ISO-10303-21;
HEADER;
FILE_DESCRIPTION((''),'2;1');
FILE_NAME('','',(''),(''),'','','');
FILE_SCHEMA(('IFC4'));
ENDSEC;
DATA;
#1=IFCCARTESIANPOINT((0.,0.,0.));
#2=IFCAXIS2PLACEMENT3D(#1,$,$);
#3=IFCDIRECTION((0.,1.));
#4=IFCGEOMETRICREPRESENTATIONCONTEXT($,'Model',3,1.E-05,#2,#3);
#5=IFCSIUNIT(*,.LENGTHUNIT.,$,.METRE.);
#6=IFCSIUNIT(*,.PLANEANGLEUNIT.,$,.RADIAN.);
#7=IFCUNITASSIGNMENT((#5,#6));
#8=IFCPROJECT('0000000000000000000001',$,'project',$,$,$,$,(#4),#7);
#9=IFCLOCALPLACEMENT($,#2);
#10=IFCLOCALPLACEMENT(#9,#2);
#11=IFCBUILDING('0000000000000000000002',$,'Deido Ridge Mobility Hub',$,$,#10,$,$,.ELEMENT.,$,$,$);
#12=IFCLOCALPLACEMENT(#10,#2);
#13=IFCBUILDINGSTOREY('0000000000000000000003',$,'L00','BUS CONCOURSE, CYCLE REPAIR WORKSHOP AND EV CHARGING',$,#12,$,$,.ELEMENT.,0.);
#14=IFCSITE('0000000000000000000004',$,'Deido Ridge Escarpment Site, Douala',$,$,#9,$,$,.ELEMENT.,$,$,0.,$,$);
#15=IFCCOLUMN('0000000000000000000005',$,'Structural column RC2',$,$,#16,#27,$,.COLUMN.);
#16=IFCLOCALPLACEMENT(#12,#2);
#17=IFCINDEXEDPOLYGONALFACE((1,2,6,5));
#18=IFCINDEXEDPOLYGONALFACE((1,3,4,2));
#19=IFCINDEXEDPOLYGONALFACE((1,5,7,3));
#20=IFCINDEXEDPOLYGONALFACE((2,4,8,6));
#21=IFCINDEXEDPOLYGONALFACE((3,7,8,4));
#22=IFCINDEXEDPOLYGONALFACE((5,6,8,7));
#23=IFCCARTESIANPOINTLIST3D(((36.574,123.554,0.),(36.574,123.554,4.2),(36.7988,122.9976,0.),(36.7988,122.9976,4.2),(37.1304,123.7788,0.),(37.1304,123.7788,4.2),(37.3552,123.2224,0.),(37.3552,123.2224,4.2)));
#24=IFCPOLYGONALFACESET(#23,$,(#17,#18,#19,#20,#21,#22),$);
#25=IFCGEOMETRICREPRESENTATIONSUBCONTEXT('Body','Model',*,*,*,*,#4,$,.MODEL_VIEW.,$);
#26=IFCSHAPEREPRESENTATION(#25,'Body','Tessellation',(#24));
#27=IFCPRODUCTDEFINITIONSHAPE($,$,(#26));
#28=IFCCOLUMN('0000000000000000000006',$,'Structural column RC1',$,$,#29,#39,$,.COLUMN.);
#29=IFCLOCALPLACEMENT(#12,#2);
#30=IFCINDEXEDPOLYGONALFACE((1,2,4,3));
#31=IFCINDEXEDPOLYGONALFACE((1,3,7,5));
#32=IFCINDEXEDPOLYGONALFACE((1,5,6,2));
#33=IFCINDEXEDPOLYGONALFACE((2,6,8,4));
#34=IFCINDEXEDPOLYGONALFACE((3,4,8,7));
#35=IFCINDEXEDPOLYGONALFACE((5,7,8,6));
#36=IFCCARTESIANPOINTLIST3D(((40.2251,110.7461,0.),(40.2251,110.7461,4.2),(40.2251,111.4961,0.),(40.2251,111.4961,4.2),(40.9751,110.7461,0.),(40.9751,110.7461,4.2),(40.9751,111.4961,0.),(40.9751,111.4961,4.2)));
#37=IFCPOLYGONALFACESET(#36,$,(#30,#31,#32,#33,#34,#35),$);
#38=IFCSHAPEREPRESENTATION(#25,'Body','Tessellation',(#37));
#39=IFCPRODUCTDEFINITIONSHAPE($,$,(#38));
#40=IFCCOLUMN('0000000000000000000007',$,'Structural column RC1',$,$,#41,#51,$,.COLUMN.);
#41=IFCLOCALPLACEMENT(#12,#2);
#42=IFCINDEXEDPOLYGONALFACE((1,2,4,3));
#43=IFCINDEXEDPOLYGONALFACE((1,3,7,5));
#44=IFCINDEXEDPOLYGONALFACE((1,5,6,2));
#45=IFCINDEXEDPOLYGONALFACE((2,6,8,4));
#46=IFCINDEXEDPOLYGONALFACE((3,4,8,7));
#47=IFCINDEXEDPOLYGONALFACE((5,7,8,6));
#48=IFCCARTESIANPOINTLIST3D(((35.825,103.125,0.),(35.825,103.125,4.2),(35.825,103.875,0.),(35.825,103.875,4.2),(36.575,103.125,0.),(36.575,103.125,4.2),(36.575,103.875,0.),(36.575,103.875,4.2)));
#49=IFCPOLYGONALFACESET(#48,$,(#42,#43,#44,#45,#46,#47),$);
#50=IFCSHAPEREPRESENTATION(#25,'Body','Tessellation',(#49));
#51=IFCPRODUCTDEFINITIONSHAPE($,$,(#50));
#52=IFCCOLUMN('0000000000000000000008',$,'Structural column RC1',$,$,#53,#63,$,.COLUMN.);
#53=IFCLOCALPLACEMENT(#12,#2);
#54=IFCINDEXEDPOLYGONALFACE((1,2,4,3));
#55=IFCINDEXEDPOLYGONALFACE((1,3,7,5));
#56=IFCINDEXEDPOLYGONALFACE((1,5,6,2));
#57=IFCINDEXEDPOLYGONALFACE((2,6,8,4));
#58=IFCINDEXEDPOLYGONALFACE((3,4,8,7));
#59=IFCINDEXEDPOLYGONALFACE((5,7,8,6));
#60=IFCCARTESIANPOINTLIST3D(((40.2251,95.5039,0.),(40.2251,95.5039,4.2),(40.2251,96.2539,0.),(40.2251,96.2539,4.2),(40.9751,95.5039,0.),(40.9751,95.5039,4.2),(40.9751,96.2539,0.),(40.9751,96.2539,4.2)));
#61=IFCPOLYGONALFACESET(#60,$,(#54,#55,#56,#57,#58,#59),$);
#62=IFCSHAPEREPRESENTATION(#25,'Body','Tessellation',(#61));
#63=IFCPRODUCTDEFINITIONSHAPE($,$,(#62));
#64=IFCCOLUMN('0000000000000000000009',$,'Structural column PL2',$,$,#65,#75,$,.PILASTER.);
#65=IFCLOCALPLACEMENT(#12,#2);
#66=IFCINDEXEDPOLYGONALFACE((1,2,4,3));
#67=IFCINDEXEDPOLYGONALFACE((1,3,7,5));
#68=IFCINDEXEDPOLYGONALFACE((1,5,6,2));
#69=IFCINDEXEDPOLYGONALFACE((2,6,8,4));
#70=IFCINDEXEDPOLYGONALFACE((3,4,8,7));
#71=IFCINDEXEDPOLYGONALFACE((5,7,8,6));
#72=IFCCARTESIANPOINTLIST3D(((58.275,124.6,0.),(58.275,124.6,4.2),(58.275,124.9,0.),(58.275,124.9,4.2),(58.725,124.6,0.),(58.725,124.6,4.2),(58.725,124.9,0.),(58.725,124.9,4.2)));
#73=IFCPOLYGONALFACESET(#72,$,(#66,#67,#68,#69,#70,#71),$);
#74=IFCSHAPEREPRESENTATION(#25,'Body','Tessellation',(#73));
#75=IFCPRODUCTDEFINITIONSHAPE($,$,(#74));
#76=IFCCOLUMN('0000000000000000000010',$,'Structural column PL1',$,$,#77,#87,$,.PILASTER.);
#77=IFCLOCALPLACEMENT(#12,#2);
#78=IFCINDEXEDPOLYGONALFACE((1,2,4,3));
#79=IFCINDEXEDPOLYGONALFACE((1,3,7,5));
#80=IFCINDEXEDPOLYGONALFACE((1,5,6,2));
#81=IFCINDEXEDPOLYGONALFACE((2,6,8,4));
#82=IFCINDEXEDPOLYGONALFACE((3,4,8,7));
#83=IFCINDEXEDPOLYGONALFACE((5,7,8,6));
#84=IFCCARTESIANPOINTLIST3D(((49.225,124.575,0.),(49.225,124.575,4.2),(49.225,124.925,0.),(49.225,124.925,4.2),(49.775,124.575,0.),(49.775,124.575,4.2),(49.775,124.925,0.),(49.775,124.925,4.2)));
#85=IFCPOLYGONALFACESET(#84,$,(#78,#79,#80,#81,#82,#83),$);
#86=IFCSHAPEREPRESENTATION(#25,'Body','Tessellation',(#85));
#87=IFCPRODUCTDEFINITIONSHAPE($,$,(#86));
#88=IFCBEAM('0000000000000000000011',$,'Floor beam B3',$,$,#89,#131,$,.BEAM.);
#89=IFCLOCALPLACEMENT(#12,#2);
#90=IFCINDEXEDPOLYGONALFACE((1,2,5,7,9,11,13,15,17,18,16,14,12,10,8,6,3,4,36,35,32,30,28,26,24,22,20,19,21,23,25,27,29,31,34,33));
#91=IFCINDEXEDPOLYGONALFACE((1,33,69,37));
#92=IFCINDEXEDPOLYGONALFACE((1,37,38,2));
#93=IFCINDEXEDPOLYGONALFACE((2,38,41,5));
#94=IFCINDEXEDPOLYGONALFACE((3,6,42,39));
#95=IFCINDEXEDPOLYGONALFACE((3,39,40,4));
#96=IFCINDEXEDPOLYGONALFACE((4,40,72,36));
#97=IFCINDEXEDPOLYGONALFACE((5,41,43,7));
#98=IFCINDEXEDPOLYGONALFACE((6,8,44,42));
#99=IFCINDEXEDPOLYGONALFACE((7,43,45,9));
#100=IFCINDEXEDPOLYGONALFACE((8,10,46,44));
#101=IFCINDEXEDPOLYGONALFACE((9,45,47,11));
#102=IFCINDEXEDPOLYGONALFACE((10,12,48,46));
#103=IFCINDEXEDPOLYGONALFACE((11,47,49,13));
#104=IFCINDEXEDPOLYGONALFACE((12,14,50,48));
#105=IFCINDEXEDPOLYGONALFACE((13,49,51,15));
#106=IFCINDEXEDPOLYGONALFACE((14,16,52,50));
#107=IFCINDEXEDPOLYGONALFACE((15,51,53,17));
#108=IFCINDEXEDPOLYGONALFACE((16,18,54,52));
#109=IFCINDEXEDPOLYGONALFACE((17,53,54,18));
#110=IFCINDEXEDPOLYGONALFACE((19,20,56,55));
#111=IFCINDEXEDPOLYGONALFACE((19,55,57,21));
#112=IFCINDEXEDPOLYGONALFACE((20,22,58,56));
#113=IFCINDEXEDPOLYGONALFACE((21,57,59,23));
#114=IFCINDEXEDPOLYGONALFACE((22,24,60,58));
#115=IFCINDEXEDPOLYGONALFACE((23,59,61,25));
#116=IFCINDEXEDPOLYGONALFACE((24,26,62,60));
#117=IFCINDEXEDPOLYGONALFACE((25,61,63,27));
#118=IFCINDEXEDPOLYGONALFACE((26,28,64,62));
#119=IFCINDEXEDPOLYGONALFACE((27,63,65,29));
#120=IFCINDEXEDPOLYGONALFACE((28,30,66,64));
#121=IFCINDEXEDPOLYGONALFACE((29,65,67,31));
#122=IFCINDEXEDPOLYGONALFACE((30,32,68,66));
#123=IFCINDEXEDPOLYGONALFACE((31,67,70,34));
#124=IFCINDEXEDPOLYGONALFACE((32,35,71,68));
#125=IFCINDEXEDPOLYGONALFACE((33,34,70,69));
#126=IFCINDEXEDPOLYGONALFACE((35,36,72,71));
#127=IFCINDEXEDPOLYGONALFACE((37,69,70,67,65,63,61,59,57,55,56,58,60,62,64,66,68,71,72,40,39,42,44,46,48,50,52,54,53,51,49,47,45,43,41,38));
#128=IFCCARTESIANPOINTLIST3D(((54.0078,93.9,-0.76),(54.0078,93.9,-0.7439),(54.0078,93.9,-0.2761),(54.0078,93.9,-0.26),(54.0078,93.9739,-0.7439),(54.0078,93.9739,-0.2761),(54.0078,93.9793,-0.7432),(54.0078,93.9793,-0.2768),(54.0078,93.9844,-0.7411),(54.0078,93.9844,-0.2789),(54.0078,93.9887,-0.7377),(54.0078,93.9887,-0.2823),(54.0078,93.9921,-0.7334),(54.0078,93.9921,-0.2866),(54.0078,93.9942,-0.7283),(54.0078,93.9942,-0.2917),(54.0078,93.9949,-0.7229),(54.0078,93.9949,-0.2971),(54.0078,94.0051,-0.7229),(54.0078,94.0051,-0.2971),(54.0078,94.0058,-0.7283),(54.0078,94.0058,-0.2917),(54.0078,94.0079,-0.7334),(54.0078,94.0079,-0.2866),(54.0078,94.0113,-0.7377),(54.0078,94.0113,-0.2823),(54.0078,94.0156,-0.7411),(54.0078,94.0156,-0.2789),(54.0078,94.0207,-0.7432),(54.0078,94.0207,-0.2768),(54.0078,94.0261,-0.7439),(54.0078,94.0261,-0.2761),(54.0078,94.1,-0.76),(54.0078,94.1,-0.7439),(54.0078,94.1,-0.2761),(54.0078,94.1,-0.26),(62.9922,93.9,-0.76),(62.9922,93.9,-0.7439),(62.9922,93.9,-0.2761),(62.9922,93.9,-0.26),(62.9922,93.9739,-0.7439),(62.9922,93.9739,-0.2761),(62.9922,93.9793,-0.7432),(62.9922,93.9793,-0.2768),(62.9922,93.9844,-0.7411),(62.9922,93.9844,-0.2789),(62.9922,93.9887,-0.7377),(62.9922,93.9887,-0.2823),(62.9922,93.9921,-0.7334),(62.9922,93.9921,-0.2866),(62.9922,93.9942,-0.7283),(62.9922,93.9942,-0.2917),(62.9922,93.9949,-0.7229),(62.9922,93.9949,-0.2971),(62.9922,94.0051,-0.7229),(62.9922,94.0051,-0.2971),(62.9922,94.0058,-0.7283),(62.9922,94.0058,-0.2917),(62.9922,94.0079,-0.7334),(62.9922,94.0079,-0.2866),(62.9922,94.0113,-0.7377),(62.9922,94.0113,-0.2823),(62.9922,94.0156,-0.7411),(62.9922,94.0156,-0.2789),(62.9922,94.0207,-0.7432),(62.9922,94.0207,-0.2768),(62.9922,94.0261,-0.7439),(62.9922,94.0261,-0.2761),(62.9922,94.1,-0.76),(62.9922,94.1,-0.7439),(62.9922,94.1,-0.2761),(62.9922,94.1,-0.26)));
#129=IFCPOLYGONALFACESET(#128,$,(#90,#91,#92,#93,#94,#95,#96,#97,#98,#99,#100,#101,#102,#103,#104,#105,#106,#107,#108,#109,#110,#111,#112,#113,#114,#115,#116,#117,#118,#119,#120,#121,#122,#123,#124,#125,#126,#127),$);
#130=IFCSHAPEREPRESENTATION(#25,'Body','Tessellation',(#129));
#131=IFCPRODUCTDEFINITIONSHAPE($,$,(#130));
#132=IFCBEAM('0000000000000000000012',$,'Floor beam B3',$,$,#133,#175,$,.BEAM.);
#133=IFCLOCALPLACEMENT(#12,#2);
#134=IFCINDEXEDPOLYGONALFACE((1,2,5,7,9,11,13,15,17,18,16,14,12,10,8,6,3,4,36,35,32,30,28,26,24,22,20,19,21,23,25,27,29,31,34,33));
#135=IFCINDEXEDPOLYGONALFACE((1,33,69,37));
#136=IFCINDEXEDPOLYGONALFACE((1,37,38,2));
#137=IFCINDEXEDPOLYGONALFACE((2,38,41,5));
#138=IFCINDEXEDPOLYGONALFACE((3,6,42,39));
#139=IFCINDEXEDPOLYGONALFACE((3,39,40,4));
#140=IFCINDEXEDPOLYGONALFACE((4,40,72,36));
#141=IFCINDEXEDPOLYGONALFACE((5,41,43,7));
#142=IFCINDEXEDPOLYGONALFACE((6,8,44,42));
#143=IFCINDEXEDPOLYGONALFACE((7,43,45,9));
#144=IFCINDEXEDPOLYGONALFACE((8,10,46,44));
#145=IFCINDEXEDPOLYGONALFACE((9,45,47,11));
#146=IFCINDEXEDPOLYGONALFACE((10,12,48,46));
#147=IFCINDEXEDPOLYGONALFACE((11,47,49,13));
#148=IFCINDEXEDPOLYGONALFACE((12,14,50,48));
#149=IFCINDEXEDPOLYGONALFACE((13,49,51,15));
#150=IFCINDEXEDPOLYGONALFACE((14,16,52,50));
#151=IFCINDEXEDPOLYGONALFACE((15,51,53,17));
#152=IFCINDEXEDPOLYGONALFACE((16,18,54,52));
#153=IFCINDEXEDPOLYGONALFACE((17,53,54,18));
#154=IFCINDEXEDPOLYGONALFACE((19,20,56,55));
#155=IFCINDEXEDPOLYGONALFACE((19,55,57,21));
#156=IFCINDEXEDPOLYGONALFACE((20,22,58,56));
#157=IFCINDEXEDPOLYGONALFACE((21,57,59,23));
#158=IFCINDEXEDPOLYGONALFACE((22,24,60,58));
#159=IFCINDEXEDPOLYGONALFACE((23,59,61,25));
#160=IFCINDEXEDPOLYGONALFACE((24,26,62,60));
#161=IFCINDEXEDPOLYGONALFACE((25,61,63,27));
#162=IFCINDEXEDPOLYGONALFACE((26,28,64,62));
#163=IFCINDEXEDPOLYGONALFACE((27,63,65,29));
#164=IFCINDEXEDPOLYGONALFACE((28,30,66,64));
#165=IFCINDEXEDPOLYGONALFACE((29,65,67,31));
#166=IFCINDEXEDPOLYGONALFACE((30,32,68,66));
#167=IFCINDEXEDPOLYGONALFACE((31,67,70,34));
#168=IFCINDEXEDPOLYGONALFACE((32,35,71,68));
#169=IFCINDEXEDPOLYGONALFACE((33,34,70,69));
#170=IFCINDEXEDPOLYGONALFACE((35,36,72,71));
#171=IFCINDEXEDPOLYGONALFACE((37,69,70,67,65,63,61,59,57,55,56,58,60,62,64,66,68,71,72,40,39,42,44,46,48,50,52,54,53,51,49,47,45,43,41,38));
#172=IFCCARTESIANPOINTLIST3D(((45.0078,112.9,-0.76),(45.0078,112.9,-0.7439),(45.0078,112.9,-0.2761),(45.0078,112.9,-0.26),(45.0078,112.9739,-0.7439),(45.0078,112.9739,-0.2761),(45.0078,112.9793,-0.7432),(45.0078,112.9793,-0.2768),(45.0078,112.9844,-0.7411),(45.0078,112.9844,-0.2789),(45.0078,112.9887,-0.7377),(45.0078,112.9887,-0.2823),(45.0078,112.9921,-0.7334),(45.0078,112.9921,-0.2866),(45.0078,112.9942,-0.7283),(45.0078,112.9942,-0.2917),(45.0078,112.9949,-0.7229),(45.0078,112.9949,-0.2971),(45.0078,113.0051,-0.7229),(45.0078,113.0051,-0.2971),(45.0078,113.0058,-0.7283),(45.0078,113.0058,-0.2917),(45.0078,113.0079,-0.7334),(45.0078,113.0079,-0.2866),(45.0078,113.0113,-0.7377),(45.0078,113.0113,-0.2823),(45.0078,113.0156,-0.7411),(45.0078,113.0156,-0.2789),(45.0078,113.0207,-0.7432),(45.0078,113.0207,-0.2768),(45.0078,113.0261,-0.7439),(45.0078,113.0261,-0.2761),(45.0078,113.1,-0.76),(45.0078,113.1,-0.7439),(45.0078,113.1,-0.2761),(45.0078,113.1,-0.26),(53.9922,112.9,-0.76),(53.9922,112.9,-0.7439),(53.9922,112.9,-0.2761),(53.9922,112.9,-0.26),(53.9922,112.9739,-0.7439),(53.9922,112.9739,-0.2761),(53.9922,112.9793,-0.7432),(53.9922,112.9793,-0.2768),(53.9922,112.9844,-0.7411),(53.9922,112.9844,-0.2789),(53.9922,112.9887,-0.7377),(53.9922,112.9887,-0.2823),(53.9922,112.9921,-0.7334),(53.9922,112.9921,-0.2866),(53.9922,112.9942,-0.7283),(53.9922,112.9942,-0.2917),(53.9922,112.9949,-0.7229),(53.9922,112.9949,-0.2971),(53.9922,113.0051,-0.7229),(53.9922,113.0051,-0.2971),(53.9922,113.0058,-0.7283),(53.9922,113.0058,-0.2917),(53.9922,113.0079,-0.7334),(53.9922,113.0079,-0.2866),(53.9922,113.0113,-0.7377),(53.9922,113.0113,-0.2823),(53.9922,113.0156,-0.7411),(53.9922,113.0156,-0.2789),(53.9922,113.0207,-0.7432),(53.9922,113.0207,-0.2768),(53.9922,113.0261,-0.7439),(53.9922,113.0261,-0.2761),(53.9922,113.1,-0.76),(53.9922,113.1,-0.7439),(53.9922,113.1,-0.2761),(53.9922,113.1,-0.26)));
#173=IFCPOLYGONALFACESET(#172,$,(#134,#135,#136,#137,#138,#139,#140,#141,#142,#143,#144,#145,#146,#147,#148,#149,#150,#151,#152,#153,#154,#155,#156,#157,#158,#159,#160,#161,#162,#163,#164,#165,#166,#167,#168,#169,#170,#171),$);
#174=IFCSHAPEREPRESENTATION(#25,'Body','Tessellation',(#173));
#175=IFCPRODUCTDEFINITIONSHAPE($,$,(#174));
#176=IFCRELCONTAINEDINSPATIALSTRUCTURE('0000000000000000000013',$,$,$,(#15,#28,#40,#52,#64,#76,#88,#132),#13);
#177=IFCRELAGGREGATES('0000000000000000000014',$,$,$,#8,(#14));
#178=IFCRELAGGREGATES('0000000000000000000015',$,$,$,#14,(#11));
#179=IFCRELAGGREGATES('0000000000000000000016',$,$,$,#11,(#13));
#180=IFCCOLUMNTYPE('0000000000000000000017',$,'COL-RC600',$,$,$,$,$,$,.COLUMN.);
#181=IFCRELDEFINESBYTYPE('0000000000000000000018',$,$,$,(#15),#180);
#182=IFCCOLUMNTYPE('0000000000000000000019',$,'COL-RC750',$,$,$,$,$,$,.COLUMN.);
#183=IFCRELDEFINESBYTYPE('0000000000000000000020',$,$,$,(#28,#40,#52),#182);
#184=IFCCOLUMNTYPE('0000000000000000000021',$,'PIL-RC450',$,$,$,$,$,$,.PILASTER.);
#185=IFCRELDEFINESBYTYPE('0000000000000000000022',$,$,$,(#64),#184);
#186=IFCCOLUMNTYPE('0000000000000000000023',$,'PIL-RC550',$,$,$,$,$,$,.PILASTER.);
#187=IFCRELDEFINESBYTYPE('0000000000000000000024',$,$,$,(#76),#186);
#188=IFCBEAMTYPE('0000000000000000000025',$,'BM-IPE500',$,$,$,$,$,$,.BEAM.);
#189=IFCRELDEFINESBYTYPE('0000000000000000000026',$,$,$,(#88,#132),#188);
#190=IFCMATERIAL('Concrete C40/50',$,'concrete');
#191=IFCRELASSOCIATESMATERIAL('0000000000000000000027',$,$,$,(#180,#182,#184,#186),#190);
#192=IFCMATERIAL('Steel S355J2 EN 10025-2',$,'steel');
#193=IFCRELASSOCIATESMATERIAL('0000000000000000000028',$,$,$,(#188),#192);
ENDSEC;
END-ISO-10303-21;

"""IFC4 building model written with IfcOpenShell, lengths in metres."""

from ifc_helpers import new_model, si_unit, direction, frame, origin, origin_2d, place, context, subcontext, project, spatial, rectangle, i_section, extrude, material, material_profile, profile_set, type_object, element, save


model = new_model("IFC4")

# Units and contexts
model_context = context("Model", 3, precision=1e-05, world=origin(), true_north=direction((0.0, 1.0)))
body_context = subcontext(model_context, "Body", "Model", "MODEL_VIEW")
ifc_project = project(units=[si_unit("LENGTHUNIT", "METRE"), si_unit("PLANEANGLEUNIT", "RADIAN")], contexts=[model_context])

# Site, building, storey
site_placement = place(None, origin())
site = spatial("IfcSite", under=ifc_project, at=site_placement, Name="Deido Ridge Escarpment Site, Douala", CompositionType="ELEMENT", RefElevation=0.0)
building_placement = place(site_placement, origin())
building = spatial("IfcBuilding", under=site, at=building_placement, Name="Deido Ridge Mobility Hub", CompositionType="ELEMENT")
storey_placement = place(building_placement, origin())
storey = spatial("IfcBuildingStorey", under=building, at=storey_placement, Name="L00", Description="BUS CONCOURSE, CYCLE REPAIR WORKSHOP AND EV CHARGING", CompositionType="ELEMENT", Elevation=0.0)

# Columns
ifc_material_1 = material(Name="Steel S355J2 EN 10025-2", Category="steel")
ifc_material_2 = material(Name="Concrete C40/50", Category="concrete")
ifc_material_profile_1 = material_profile(ifc_material_2, rectangle(XDim=0.6001, YDim=0.6001, at=origin_2d()), Name="RC COL 600x600")
ifc_profile_set_1 = profile_set([ifc_material_profile_1], Name="Concrete C40/50")
column_type_1 = type_object("IfcColumnType", Name="COL-RC600", PredefinedType="COLUMN", material=ifc_profile_set_1)
column_1_placement = place(storey_placement, frame((36.9646, 123.3882, 0.0), z_axis=(0.0, 0.0, 1.0), x_axis=(-0.374607, 0.927184, 0.0)))
element("IfcColumn", 1, at=column_1_placement, inside=storey, type_object=column_type_1, Name="Structural column RC2", PredefinedType="COLUMN", context=body_context, shape_type="SweptSolid", body=[
    extrude(rectangle(XDim=0.6001, YDim=0.6001, at=origin_2d()), origin(), (0.0, 0.0, 1.0), 4.2),
])
ifc_material_profile_2 = material_profile(ifc_material_2, rectangle(XDim=0.75, YDim=0.75, at=origin_2d()), Name="RC COL 750x750")
ifc_profile_set_2 = profile_set([ifc_material_profile_2], Name="Concrete C40/50")
column_type_2 = type_object("IfcColumnType", Name="COL-RC750", PredefinedType="COLUMN", material=ifc_profile_set_2)
for number, where, z_axis, x_axis, name in (
    (2, (40.6001, 111.1211, 0.0), (0.0, 0.0, 1.0), (1.0, 0.0, 0.0), "Structural column RC1"),
    (3, (36.2, 103.5, 0.0), (0.0, 0.0, 1.0), (1.0, 0.0, 0.0), "Structural column RC1"),
    (4, (40.6001, 95.8789, 0.0), (0.0, 0.0, 1.0), (1.0, 0.0, 0.0), "Structural column RC1"),
):
    element("IfcColumn", number, at=place(storey_placement, frame(where, z_axis=z_axis, x_axis=x_axis)), inside=storey, type_object=column_type_2, Name=name, PredefinedType="COLUMN", context=body_context, shape_type="SweptSolid", body=[
        extrude(rectangle(XDim=0.75, YDim=0.75, at=origin_2d()), origin(), (0.0, 0.0, 1.0), 4.2),
    ])
ifc_material_profile_3 = material_profile(ifc_material_2, rectangle(XDim=0.45, YDim=0.3, at=origin_2d()), Name="RC PILASTER 450x300")
ifc_profile_set_3 = profile_set([ifc_material_profile_3], Name="Concrete C40/50")
column_type_3 = type_object("IfcColumnType", Name="PIL-RC450", PredefinedType="PILASTER", material=ifc_profile_set_3)
column_2_placement = place(storey_placement, frame((58.5, 124.75, 0.0), z_axis=(0.0, 0.0, 1.0), x_axis=(1.0, 0.0, 0.0)))
element("IfcColumn", 5, at=column_2_placement, inside=storey, type_object=column_type_3, Name="Structural column PL2", PredefinedType="PILASTER", context=body_context, shape_type="SweptSolid", body=[
    extrude(rectangle(XDim=0.45, YDim=0.3, at=origin_2d()), origin(), (0.0, 0.0, 1.0), 4.2),
])
ifc_material_profile_4 = material_profile(ifc_material_2, rectangle(XDim=0.55, YDim=0.3501, at=origin_2d()), Name="RC PILASTER 550x350")
ifc_profile_set_4 = profile_set([ifc_material_profile_4], Name="Concrete C40/50")
column_type_4 = type_object("IfcColumnType", Name="PIL-RC550", PredefinedType="PILASTER", material=ifc_profile_set_4)
column_3_placement = place(storey_placement, frame((49.5, 124.75, 0.0), z_axis=(0.0, 0.0, 1.0), x_axis=(1.0, 0.0, 0.0)))
element("IfcColumn", 6, at=column_3_placement, inside=storey, type_object=column_type_4, Name="Structural column PL1", PredefinedType="PILASTER", context=body_context, shape_type="SweptSolid", body=[
    extrude(rectangle(XDim=0.55, YDim=0.3501, at=origin_2d()), origin(), (0.0, 0.0, 1.0), 4.2),
])

# Beams
ifc_material_profile_5 = material_profile(ifc_material_1, i_section(OverallWidth=0.2, OverallDepth=0.5, WebThickness=0.0103, FlangeThickness=0.0161, FilletRadius=0.021, at=origin_2d()), Name="IPE 500")
ifc_profile_set_5 = profile_set([ifc_material_profile_5], Name="Steel S355J2 EN 10025-2")
beam_type_1 = type_object("IfcBeamType", Name="BM-IPE500", PredefinedType="BEAM", material=ifc_profile_set_5)
for number, where, z_axis, x_axis, name in (
    (7, (54.0078, 94.0, -0.51), (1.0, 0.0, 0.0), (0.0, 1.0, 0.0), "Floor beam B3"),
    (8, (45.0078, 113.0, -0.51), (1.0, 0.0, 0.0), (0.0, 1.0, 0.0), "Floor beam B3"),
):
    element("IfcBeam", number, at=place(storey_placement, frame(where, z_axis=z_axis, x_axis=x_axis)), inside=storey, type_object=beam_type_1, Name=name, PredefinedType="BEAM", context=body_context, shape_type="SweptSolid", body=[
        extrude(i_section(OverallWidth=0.2, OverallDepth=0.5, WebThickness=0.0103, FlangeThickness=0.0161, FilletRadius=0.021, at=origin_2d()), origin(), (0.0, 0.0, 1.0), 8.9844),
    ])

save(model, "model.ifc")
